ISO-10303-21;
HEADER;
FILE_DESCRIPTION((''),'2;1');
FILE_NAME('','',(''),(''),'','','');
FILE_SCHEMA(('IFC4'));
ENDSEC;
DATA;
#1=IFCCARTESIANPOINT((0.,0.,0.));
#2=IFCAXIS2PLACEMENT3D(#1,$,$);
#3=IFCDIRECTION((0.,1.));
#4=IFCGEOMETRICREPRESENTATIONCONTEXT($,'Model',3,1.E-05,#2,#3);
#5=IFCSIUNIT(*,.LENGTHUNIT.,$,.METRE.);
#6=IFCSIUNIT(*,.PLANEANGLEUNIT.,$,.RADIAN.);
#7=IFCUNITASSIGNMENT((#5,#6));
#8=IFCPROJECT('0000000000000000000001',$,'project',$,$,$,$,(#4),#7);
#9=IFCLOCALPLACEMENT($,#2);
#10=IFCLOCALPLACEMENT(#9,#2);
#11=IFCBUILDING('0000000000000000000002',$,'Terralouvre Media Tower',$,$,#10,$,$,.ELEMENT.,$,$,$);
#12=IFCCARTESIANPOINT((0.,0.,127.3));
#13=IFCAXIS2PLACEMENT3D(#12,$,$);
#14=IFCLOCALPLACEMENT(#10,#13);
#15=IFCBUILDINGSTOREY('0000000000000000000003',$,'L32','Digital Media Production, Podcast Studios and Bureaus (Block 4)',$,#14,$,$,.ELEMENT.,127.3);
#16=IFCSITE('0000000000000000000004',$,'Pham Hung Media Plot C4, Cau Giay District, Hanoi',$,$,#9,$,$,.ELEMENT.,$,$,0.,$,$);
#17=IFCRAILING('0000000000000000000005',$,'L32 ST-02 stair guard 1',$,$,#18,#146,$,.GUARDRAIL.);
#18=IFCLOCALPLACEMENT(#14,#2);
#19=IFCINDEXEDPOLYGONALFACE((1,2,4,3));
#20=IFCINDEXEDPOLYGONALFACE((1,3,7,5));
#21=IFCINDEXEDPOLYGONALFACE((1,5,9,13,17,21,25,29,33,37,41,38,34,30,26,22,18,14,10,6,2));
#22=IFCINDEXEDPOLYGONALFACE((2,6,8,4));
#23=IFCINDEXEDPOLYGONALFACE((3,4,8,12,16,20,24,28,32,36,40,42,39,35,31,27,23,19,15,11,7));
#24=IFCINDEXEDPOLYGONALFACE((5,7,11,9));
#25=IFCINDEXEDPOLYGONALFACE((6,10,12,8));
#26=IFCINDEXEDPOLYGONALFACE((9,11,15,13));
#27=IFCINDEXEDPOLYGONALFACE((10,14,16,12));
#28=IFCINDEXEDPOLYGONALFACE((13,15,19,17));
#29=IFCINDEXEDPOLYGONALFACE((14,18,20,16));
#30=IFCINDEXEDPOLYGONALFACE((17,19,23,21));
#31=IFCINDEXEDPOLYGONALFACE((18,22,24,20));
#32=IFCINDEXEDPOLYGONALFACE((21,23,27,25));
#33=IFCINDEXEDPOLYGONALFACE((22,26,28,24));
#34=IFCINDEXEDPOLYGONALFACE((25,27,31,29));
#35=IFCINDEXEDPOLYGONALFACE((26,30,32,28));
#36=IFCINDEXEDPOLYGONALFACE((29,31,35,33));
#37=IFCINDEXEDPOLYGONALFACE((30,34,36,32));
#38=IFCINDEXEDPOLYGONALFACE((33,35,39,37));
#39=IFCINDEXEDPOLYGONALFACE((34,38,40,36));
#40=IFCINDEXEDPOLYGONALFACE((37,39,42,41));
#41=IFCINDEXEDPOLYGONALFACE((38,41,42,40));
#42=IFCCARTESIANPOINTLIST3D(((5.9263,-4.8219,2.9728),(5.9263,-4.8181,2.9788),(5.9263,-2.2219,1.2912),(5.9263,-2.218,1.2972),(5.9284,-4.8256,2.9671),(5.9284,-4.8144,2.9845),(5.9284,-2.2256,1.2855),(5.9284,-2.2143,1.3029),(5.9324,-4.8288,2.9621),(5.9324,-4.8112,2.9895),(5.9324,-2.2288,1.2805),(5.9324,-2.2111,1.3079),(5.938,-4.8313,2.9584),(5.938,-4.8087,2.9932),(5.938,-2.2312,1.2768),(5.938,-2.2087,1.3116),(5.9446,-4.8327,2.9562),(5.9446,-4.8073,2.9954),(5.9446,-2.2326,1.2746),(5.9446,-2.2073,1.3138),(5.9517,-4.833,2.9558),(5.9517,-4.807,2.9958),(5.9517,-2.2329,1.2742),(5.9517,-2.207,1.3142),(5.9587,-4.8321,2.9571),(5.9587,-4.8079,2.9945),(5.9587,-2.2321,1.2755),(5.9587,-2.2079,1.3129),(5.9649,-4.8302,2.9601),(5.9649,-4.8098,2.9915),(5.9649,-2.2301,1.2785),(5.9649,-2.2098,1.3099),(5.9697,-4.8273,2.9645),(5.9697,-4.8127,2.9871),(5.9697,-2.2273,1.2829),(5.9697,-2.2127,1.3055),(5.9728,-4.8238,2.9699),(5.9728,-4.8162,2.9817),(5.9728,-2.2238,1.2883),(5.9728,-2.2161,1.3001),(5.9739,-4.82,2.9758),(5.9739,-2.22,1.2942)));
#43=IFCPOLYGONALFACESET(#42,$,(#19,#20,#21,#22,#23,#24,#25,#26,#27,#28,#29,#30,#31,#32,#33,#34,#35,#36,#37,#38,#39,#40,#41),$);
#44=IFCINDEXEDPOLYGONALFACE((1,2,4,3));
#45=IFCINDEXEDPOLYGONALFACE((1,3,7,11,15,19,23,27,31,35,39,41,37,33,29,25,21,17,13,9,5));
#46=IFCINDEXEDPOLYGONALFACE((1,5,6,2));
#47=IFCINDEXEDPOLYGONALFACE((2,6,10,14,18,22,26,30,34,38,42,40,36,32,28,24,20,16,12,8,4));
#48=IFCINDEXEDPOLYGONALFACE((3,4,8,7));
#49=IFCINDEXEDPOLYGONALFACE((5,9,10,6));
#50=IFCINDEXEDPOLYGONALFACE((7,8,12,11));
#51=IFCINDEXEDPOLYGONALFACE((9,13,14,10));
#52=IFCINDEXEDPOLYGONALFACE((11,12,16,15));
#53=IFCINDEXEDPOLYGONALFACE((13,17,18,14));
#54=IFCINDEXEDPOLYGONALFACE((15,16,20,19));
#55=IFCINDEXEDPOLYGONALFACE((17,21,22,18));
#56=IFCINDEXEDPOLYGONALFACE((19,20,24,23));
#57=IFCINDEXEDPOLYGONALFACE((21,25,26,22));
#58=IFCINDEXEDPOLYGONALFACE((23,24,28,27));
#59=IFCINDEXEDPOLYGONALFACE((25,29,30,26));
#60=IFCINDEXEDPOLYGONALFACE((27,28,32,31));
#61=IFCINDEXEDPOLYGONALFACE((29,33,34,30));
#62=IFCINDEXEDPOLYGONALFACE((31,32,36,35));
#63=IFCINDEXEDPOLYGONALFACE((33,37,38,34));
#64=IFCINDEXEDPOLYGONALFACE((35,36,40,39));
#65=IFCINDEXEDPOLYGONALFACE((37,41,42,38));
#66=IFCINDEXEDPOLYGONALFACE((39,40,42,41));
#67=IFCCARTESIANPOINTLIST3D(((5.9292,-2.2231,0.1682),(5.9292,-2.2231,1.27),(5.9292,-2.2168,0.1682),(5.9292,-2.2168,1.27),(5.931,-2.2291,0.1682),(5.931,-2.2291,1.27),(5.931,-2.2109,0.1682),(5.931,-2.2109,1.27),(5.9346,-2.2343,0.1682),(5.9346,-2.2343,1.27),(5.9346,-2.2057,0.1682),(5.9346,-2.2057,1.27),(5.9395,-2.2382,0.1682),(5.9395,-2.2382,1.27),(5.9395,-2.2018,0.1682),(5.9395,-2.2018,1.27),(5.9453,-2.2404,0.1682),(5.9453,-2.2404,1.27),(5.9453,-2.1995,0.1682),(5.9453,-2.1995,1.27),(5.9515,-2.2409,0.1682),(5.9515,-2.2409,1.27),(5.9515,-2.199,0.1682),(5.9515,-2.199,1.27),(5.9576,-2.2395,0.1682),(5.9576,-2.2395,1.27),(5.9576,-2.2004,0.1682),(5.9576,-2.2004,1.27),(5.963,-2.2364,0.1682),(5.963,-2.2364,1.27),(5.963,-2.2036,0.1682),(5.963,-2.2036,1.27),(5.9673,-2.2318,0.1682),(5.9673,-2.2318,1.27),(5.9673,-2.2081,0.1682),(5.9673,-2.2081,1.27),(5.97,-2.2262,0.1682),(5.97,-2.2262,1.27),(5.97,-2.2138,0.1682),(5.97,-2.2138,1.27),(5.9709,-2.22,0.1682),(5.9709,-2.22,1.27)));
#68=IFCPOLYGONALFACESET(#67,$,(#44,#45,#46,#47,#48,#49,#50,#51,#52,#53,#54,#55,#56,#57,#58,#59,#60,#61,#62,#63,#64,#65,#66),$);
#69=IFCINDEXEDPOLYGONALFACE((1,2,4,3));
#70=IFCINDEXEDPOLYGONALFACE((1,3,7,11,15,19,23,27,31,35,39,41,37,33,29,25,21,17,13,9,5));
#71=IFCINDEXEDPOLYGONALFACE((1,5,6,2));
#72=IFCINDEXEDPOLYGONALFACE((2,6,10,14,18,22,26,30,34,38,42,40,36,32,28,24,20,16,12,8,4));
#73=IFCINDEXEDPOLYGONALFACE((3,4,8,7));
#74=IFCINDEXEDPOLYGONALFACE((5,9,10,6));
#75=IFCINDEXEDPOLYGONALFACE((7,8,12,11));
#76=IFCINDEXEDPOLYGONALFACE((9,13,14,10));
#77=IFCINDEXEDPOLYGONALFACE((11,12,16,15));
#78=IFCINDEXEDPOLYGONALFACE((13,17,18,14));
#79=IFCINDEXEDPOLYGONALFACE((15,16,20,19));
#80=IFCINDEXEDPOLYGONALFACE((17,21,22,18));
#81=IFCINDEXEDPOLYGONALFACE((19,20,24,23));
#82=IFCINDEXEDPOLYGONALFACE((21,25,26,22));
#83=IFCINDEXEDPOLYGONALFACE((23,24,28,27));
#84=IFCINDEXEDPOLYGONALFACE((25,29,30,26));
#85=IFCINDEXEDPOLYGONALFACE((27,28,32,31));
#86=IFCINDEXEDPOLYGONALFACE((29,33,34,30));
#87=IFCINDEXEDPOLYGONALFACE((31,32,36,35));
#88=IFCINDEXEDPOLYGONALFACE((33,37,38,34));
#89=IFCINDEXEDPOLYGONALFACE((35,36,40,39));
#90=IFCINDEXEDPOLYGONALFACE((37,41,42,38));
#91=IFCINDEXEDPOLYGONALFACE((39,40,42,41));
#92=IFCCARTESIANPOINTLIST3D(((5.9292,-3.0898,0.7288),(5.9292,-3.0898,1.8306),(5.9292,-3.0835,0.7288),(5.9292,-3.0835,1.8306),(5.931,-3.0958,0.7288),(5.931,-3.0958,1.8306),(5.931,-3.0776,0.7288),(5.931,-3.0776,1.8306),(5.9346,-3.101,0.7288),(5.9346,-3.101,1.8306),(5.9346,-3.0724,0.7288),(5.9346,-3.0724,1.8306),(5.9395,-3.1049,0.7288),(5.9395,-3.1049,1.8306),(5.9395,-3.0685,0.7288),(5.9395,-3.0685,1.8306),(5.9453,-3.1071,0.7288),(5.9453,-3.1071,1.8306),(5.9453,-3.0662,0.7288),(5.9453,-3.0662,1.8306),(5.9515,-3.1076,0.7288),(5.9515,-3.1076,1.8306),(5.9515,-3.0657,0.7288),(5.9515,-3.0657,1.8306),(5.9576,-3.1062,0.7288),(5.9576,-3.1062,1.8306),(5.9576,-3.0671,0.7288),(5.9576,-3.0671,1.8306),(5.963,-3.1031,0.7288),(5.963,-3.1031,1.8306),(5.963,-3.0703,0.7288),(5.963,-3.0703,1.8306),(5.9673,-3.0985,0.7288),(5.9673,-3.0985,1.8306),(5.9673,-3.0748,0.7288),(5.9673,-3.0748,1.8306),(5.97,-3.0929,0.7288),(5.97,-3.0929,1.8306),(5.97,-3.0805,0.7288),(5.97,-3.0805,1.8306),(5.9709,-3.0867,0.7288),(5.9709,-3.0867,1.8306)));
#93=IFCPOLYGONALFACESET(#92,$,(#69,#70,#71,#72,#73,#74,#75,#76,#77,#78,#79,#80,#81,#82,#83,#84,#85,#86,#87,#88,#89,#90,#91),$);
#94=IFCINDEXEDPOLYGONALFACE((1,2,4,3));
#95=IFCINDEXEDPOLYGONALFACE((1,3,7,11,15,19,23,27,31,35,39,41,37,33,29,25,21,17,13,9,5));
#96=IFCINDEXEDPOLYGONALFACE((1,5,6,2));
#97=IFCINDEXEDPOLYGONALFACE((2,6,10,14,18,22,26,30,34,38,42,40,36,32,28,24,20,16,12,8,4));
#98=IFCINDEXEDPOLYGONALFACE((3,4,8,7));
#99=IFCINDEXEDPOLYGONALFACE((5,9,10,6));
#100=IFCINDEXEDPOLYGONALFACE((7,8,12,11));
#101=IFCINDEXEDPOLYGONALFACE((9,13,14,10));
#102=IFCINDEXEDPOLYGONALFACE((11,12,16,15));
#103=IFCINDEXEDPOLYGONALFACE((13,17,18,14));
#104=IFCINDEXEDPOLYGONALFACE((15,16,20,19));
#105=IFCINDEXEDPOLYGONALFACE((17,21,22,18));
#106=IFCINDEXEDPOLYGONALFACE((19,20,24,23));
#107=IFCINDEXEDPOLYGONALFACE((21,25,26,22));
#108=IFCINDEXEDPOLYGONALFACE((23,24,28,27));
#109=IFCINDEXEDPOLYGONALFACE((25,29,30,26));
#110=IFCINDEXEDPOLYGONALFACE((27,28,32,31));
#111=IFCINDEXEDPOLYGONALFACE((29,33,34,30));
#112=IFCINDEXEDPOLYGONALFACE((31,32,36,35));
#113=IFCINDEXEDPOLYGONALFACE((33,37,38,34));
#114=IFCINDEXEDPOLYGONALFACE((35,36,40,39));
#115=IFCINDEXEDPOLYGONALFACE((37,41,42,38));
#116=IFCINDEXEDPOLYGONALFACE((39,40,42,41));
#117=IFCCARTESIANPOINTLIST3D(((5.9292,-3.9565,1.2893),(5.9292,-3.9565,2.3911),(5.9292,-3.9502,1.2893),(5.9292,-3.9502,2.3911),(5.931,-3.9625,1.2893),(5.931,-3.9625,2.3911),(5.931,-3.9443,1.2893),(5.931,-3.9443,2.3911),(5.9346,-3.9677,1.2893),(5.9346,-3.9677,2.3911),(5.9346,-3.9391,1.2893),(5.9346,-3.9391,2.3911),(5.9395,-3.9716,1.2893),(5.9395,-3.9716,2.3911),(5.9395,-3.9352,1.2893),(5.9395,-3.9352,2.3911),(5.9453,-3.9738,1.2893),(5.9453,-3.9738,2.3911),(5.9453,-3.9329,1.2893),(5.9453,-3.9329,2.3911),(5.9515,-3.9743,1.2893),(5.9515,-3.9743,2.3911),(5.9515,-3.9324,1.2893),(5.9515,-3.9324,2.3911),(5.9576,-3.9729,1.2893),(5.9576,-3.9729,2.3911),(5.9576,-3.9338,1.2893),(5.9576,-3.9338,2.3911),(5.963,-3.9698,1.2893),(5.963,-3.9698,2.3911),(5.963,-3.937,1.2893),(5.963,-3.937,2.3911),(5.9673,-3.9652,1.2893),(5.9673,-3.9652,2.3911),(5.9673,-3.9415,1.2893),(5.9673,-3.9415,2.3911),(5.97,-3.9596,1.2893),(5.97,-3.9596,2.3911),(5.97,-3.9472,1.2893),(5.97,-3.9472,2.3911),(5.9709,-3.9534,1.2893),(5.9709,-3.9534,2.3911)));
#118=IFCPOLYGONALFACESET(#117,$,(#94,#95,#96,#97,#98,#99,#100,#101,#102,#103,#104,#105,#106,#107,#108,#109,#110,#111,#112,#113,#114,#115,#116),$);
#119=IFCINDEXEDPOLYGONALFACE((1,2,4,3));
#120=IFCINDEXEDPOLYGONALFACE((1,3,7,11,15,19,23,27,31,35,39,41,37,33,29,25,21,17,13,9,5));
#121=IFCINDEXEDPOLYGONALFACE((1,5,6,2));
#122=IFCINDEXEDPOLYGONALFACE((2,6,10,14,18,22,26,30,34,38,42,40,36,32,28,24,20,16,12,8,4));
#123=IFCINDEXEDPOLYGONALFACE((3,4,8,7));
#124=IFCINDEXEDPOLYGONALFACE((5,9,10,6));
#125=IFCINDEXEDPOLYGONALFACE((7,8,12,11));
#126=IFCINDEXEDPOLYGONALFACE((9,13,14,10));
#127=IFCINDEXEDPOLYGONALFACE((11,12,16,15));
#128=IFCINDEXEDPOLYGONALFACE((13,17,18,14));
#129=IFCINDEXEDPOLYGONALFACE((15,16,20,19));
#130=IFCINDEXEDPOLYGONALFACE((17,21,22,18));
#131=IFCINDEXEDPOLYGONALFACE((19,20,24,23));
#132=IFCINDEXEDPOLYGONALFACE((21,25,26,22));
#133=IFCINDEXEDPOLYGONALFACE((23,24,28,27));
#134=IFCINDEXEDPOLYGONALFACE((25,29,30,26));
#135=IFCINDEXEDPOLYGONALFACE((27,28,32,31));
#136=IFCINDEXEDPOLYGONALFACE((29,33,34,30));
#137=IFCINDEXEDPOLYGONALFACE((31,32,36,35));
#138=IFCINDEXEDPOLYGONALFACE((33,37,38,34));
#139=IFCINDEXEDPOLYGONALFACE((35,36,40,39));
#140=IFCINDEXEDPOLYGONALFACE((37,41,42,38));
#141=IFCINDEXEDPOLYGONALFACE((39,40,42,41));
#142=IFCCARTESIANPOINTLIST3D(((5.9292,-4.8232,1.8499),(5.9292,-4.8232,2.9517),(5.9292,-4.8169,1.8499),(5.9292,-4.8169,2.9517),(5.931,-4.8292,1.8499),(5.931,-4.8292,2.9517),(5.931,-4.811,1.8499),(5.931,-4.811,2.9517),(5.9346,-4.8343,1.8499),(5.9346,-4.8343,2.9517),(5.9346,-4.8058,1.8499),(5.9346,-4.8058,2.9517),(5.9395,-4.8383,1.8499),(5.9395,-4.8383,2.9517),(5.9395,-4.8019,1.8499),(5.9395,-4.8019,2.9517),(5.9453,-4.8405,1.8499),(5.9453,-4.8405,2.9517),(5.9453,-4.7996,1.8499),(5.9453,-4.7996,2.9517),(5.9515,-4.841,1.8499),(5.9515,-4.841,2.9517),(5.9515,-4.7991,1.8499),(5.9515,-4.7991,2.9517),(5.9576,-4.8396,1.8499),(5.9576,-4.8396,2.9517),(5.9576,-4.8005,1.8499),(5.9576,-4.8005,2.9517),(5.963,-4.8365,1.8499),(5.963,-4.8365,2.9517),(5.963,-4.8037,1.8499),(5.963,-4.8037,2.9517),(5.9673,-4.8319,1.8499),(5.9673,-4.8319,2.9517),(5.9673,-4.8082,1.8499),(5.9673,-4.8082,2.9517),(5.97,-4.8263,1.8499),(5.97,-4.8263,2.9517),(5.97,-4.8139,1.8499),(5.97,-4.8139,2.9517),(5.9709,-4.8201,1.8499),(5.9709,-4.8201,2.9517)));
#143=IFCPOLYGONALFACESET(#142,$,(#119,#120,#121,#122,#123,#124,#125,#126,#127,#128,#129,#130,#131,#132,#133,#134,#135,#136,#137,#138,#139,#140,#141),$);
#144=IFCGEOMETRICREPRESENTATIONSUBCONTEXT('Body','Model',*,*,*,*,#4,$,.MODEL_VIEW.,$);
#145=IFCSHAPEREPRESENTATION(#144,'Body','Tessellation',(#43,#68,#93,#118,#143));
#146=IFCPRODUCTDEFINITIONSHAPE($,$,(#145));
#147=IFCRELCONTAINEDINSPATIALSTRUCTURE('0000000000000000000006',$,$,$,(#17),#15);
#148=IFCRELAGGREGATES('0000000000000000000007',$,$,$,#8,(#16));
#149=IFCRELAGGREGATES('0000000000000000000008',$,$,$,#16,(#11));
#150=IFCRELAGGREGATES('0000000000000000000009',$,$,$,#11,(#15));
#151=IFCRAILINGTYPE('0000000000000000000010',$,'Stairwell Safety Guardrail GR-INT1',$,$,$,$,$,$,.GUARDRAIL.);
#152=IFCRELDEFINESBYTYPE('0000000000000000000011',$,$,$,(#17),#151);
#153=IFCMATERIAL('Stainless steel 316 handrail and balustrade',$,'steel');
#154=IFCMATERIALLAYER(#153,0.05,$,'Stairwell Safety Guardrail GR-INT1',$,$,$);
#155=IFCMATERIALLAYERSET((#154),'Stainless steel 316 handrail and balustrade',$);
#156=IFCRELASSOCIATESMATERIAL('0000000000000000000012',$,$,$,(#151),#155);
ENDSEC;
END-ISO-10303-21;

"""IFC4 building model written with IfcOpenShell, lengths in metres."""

from ifc_helpers import new_model, si_unit, direction, frame, origin, origin_2d, place, context, subcontext, project, spatial, circle, extrude, material, layer, layer_set, type_object, element, save


model = new_model("IFC4")

# Units and contexts
model_context = context("Model", 3, precision=1e-05, world=origin(), true_north=direction((0.0, 1.0)))
body_context = subcontext(model_context, "Body", "Model", "MODEL_VIEW")
ifc_project = project(units=[si_unit("LENGTHUNIT", "METRE"), si_unit("PLANEANGLEUNIT", "RADIAN")], contexts=[model_context])

# Site, building, storey
site_placement = place(None, origin())
site = spatial("IfcSite", under=ifc_project, at=site_placement, Name="Pham Hung Media Plot C4, Cau Giay District, Hanoi", CompositionType="ELEMENT", RefElevation=0.0)
building_placement = place(site_placement, origin())
building = spatial("IfcBuilding", under=site, at=building_placement, Name="Terralouvre Media Tower", CompositionType="ELEMENT")
storey_placement = place(building_placement, frame((0.0, 0.0, 127.3)))
storey = spatial("IfcBuildingStorey", under=building, at=storey_placement, Name="L32", Description="Digital Media Production, Podcast Studios and Bureaus (Block 4)", CompositionType="ELEMENT", Elevation=127.3)

# Railing
ifc_material_1 = material(Name="Stainless steel 316 handrail and balustrade", Category="steel")
ifc_layer_1 = layer(ifc_material_1, 0.05, Name="Stairwell Safety Guardrail GR-INT1")
ifc_layer_set_1 = layer_set([ifc_layer_1], Name="Stainless steel 316 handrail and balustrade")
railing_type_1 = type_object("IfcRailingType", Name="Stairwell Safety Guardrail GR-INT1", PredefinedType="GUARDRAIL", material=ifc_layer_set_1)
railing_1_placement = place(storey_placement, frame((5.95, -2.22, 0.1682)))
element("IfcRailing", 1, at=railing_1_placement, inside=storey, type_object=railing_type_1, Name="L32 ST-02 stair guard 1", PredefinedType="GUARDRAIL", context=body_context, shape_type="SweptSolid", body=[
    extrude(circle(Radius=0.0239, at=origin_2d()), frame((0.0, 0.0, 1.126), z_axis=(0.0, -0.839684, 0.543075), x_axis=(1.0, 0.0, 0.0)), (0.0, 0.0, 1.0), 3.0964),
    extrude(circle(Radius=0.021, at=origin_2d()), origin(), (0.0, 0.0, 1.0), 1.1018),
    extrude(circle(Radius=0.021, at=origin_2d()), frame((0.0, -0.8667, 0.5605)), (0.0, 0.0, 1.0), 1.1018),
    extrude(circle(Radius=0.021, at=origin_2d()), frame((0.0, -1.7334, 1.1211)), (0.0, 0.0, 1.0), 1.1018),
    extrude(circle(Radius=0.021, at=origin_2d()), frame((0.0, -2.6001, 1.6816)), (0.0, 0.0, 1.0), 1.1018),
])

save(model, "model.ifc")
